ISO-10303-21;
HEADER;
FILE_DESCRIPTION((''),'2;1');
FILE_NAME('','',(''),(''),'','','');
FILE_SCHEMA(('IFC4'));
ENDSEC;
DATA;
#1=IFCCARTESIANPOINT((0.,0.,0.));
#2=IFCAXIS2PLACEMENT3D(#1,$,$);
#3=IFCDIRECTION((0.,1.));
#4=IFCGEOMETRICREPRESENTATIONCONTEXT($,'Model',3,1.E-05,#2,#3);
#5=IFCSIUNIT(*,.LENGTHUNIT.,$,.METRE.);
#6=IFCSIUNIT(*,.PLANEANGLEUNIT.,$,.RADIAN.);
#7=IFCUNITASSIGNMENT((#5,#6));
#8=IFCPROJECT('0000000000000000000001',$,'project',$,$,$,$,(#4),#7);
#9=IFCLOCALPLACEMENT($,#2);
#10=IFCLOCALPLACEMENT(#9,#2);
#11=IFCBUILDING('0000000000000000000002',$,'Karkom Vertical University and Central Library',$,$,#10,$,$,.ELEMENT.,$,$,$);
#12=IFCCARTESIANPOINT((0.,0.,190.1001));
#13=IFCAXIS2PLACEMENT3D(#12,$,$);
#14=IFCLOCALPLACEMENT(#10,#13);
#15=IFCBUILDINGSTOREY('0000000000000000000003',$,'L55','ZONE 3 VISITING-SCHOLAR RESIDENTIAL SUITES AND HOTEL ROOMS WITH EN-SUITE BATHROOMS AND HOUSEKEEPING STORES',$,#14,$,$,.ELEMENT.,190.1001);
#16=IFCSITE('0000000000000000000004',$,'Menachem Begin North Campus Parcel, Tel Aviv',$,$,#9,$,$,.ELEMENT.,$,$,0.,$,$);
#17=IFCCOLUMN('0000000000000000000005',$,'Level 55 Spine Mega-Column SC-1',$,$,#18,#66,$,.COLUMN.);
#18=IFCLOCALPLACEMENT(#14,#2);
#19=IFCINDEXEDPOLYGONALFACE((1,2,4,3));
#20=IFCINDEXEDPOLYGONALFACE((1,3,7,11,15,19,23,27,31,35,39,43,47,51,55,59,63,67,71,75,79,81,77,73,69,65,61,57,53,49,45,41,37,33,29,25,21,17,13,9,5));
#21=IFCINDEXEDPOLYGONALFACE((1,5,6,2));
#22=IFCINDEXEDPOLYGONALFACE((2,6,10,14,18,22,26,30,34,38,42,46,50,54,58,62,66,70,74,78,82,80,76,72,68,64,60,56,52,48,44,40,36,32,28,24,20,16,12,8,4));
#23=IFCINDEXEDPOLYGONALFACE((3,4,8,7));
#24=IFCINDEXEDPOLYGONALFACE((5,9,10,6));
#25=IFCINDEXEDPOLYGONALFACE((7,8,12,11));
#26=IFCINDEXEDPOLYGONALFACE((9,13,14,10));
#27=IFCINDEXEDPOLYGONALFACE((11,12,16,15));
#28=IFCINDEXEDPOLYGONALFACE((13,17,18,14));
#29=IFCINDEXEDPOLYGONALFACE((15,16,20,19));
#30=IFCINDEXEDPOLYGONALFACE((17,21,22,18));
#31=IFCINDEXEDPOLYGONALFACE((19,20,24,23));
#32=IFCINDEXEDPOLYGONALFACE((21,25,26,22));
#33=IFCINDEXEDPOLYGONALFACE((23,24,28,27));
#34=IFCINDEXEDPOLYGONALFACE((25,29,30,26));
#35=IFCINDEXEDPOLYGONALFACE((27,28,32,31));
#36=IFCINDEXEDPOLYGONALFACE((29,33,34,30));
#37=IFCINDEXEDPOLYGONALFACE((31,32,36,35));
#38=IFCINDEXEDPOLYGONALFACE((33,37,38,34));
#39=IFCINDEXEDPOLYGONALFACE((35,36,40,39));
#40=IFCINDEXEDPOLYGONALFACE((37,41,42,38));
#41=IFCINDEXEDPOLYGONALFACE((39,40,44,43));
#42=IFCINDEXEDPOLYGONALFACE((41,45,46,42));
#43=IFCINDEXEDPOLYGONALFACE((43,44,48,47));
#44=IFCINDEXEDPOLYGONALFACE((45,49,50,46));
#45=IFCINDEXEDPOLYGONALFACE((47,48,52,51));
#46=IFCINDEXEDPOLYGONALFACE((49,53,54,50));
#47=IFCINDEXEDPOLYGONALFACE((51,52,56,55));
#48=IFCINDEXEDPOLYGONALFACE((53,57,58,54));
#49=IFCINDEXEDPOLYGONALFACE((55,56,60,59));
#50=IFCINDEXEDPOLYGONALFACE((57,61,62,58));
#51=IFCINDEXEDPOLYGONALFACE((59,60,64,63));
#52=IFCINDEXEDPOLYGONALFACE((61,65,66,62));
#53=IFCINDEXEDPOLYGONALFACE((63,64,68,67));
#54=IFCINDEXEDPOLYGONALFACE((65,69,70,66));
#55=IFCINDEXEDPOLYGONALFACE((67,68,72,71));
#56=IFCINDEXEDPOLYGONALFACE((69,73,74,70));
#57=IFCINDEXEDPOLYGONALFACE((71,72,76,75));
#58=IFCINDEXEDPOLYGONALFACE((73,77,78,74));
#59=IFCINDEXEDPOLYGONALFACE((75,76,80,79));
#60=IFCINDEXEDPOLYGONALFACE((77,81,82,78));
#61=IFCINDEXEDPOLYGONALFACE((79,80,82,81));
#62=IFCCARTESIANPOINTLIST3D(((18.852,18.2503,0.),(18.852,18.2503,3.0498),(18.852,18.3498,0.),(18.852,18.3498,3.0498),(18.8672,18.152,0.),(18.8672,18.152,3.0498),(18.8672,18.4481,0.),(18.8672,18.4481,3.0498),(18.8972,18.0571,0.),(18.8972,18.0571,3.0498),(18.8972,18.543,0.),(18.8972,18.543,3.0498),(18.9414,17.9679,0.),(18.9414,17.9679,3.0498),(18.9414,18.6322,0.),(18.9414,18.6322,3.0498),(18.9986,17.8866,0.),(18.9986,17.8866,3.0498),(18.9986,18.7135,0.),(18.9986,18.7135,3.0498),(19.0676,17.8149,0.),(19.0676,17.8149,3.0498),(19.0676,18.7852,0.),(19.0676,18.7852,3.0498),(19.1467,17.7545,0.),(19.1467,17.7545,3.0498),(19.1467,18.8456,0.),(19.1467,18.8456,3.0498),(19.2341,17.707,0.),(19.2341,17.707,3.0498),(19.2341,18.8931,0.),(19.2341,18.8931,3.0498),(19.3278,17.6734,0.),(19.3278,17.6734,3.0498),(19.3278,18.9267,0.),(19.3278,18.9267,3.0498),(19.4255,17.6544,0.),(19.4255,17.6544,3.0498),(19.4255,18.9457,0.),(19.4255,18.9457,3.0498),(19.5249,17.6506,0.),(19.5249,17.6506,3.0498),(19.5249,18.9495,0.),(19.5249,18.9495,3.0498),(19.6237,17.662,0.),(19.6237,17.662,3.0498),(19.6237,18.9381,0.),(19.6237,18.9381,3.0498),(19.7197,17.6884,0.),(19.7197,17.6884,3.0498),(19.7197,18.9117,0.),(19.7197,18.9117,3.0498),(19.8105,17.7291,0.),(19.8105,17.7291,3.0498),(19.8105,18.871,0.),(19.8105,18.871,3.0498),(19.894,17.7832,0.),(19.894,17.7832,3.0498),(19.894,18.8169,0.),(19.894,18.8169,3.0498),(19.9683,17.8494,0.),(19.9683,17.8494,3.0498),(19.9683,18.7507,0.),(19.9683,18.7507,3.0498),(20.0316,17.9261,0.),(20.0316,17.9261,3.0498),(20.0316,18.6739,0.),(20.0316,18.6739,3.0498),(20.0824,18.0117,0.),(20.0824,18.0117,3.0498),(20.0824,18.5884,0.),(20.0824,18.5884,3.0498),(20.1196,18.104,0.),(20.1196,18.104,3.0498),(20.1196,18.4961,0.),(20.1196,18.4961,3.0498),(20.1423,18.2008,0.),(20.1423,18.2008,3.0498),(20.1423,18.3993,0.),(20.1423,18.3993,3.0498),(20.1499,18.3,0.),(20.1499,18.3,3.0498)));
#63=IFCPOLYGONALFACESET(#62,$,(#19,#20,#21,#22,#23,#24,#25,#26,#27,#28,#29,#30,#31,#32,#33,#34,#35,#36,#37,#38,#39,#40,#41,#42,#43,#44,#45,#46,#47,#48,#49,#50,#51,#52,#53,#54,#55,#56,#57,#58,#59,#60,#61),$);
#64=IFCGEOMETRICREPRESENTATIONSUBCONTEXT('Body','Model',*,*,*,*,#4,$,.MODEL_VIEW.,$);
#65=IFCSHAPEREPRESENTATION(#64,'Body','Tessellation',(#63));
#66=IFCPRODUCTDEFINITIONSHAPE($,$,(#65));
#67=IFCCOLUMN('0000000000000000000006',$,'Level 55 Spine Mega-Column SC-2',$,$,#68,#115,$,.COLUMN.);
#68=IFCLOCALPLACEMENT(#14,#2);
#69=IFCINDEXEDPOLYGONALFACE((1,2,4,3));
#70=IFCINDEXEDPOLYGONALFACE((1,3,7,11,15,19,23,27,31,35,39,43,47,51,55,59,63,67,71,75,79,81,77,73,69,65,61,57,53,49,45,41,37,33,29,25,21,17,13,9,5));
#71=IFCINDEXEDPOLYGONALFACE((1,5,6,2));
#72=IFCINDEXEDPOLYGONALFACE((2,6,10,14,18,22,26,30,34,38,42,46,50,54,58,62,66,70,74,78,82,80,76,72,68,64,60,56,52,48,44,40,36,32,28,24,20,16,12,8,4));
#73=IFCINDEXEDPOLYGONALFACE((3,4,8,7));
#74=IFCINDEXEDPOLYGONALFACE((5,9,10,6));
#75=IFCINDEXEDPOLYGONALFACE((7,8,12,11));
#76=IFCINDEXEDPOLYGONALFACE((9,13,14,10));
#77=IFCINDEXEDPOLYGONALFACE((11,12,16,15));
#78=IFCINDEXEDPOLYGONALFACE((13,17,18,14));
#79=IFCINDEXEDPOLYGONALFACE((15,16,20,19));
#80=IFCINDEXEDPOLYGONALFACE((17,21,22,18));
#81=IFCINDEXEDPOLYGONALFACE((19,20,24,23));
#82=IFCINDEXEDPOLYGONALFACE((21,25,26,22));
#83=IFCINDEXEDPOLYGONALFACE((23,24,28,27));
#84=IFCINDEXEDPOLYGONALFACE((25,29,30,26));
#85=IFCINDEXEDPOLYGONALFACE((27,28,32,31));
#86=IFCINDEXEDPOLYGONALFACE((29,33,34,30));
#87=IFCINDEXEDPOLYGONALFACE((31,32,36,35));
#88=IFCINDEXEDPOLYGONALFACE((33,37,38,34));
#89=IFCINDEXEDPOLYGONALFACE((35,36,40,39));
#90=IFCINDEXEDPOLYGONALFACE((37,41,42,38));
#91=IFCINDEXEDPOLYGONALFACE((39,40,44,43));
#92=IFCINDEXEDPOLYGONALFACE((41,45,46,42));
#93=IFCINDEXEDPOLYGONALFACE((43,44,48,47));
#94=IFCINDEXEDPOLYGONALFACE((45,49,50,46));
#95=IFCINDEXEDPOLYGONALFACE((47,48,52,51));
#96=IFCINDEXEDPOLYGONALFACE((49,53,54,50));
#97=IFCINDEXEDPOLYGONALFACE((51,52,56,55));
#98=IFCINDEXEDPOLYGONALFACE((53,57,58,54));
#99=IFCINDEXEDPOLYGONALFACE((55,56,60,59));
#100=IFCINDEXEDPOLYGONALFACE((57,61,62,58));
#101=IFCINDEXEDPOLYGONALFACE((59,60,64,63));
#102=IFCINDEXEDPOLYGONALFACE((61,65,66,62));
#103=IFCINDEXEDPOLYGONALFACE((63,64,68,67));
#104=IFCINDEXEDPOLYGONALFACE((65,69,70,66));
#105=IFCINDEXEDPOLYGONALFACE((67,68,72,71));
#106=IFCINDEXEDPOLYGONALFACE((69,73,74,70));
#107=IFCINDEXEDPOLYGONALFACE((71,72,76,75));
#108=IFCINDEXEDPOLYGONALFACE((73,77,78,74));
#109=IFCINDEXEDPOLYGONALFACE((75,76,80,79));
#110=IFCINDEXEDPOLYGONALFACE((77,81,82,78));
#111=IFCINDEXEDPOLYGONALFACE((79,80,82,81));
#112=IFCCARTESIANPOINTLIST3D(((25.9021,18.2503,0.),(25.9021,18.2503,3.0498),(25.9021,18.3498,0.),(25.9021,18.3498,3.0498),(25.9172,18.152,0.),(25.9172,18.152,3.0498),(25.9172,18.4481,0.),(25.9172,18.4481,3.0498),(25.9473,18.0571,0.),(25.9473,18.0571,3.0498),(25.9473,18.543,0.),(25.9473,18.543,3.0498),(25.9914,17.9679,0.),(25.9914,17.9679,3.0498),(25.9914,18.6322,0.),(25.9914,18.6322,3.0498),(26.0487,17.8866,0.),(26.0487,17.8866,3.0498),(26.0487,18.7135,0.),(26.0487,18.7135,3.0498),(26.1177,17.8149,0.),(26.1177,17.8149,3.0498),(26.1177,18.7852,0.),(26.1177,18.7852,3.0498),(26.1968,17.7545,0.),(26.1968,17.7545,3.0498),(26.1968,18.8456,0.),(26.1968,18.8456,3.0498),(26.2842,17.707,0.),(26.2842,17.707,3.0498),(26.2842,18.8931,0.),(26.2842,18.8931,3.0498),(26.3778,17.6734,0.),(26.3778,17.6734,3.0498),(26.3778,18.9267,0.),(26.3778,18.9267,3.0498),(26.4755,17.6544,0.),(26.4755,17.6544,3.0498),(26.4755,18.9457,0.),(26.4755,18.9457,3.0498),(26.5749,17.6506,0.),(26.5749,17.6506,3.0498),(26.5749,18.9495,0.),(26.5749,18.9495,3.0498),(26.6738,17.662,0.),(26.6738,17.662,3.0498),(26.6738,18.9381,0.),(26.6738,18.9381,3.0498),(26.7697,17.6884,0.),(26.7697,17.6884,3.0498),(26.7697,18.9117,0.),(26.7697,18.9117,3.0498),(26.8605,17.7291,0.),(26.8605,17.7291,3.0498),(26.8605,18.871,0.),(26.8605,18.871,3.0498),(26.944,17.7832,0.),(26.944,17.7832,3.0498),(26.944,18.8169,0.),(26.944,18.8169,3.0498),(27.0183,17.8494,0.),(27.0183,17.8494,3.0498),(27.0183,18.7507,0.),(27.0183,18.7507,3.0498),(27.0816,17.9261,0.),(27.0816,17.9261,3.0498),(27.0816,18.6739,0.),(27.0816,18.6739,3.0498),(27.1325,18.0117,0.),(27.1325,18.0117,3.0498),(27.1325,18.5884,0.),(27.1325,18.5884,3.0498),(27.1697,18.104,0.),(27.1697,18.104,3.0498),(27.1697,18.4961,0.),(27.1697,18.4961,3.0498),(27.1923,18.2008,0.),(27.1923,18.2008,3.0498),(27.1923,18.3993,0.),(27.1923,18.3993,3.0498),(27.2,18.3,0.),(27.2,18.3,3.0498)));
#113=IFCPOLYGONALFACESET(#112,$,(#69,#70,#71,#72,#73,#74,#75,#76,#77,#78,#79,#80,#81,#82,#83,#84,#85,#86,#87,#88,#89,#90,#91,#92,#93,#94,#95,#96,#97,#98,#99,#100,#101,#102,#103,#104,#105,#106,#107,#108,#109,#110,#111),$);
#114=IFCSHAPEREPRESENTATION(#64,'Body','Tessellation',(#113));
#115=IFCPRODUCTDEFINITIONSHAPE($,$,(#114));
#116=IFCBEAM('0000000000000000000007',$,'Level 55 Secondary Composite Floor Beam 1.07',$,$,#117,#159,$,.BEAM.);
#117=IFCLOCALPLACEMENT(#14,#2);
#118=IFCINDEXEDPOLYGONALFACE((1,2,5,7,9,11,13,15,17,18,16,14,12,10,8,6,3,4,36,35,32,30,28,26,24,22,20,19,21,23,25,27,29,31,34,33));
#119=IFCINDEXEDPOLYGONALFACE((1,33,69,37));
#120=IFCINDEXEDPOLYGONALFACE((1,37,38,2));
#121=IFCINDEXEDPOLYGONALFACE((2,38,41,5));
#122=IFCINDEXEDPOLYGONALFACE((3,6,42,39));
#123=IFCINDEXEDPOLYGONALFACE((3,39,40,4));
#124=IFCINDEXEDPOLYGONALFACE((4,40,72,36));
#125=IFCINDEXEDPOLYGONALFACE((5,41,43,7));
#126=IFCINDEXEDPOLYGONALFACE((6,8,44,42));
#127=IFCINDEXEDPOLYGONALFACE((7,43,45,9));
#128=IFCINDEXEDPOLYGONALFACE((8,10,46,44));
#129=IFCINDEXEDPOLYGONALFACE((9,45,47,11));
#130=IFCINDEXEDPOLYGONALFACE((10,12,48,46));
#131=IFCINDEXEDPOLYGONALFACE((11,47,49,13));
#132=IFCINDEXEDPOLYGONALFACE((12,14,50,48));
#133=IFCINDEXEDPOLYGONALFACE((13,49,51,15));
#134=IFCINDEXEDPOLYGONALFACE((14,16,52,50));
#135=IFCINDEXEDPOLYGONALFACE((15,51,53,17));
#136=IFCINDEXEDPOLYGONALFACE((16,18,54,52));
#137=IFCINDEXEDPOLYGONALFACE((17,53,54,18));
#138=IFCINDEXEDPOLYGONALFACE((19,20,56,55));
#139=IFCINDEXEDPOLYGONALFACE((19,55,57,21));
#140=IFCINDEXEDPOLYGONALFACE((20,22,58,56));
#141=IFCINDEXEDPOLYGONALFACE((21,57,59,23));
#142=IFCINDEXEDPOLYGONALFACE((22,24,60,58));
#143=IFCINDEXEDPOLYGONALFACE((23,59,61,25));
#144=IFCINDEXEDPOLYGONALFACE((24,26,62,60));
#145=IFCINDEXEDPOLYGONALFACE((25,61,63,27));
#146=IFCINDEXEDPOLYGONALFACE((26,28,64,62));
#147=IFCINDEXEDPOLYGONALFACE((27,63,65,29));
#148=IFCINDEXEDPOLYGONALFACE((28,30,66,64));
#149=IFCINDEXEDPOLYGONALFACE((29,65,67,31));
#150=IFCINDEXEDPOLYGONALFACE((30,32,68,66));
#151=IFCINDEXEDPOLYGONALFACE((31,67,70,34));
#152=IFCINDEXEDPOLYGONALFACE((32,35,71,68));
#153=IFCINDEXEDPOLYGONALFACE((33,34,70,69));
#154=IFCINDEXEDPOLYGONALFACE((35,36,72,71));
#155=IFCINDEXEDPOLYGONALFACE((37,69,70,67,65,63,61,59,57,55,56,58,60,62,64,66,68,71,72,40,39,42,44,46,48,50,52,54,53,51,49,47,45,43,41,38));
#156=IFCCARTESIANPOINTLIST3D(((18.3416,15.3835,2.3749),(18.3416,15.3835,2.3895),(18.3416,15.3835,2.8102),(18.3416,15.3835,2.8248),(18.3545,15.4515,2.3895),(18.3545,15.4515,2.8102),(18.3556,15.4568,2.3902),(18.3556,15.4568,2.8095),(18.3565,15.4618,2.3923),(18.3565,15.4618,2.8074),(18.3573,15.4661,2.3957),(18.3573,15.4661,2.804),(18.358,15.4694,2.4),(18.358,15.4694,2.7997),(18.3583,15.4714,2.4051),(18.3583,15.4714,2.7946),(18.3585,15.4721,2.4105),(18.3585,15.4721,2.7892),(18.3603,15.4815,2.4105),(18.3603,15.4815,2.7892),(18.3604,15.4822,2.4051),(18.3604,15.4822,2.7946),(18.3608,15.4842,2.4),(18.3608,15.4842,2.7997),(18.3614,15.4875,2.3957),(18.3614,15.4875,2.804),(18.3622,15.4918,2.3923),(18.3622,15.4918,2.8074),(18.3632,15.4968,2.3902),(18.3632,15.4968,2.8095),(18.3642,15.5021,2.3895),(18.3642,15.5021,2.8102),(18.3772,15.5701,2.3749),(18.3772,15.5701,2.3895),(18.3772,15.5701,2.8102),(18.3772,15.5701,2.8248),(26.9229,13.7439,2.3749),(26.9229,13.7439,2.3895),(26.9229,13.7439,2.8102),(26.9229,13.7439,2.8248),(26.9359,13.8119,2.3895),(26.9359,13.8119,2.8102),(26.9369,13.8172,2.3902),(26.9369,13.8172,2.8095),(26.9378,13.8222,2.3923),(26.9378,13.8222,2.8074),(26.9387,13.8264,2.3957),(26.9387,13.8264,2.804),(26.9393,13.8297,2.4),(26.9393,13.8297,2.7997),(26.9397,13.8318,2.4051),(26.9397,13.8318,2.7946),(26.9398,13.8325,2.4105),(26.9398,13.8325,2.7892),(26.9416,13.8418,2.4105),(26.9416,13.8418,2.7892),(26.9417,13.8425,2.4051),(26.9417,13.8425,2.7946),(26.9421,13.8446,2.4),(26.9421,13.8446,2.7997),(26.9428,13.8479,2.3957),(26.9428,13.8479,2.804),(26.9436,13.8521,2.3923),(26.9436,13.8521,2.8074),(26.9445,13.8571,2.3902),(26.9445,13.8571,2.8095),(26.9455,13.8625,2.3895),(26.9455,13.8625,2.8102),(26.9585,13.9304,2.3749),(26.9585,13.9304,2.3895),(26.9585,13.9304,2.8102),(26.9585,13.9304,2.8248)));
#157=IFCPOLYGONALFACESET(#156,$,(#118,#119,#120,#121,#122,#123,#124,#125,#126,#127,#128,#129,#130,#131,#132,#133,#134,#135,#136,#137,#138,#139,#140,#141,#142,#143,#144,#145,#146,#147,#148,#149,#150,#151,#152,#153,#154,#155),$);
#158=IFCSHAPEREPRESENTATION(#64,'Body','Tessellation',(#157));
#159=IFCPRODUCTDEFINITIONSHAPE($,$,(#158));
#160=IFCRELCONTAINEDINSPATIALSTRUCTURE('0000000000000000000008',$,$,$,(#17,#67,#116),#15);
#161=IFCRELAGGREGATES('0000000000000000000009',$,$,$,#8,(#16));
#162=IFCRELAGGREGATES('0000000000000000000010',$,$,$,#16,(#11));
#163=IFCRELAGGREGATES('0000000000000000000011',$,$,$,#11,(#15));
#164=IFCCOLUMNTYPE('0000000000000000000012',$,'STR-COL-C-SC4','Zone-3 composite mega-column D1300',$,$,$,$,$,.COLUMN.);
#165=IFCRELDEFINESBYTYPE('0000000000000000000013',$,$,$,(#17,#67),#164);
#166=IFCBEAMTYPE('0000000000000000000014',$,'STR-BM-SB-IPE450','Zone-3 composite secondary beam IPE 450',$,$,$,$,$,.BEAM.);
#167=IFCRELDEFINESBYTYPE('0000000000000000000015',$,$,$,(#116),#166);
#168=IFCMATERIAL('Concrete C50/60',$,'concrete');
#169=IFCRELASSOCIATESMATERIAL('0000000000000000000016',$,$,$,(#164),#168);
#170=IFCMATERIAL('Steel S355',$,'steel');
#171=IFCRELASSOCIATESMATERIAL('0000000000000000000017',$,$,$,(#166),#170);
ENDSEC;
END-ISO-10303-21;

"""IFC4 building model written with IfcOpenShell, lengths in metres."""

from ifc_helpers import new_model, si_unit, direction, frame, origin, origin_with_axes, origin_2d, place, context, subcontext, project, spatial, circle, i_section, extrude, source, transform, mapped, material, material_profile, profile_set, type_object, element, save


model = new_model("IFC4")

# Units and contexts
model_context = context("Model", 3, precision=1e-05, world=origin(), true_north=direction((0.0, 1.0)))
body_context = subcontext(model_context, "Body", "Model", "MODEL_VIEW")
ifc_project = project(units=[si_unit("LENGTHUNIT", "METRE"), si_unit("PLANEANGLEUNIT", "RADIAN")], contexts=[model_context])

# Site, building, storey
site_placement = place(None, origin())
site = spatial("IfcSite", under=ifc_project, at=site_placement, Name="Menachem Begin North Campus Parcel, Tel Aviv", CompositionType="ELEMENT", RefElevation=0.0)
building_placement = place(site_placement, origin())
building = spatial("IfcBuilding", under=site, at=building_placement, Name="Karkom Vertical University and Central Library", CompositionType="ELEMENT")
storey_placement = place(building_placement, frame((0.0, 0.0, 190.1001)))
storey = spatial("IfcBuildingStorey", under=building, at=storey_placement, Name="L55", Description="ZONE 3 VISITING-SCHOLAR RESIDENTIAL SUITES AND HOTEL ROOMS WITH EN-SUITE BATHROOMS AND HOUSEKEEPING STORES", CompositionType="ELEMENT", Elevation=190.1001)

# Columns
ifc_material_1 = material(Name="Concrete C50/60", Category="concrete")
ifc_material_profile_1 = material_profile(ifc_material_1, circle(Radius=0.6499, at=origin_2d()), Name="CFT-D1300")
ifc_profile_set_1 = profile_set([ifc_material_profile_1], Name="Concrete C50/60")
column_type = type_object("IfcColumnType", Name="STR-COL-C-SC4", Description="Zone-3 composite mega-column D1300", PredefinedType="COLUMN", material=ifc_profile_set_1)
shared_shape_1 = source(origin_with_axes(), body_context, "Body", "SweptSolid", [
    extrude(circle(Radius=0.6499, at=origin_2d()), origin(), (0.0, 0.0, 1.0), 3.0498),
])
for number, where, z_axis, x_axis, name in (
    (1, (19.5, 18.3, 0.0), (0.0, 0.0, 1.0), (1.0, 0.0, 0.0), "Level 55 Spine Mega-Column SC-1"),
    (2, (26.55, 18.3, 0.0), (0.0, 0.0, 1.0), (1.0, 0.0, 0.0), "Level 55 Spine Mega-Column SC-2"),
):
    element("IfcColumn", number, at=place(storey_placement, frame(where, z_axis=z_axis, x_axis=x_axis)), inside=storey, type_object=column_type, Name=name, PredefinedType="COLUMN", context=body_context, shape_type="MappedRepresentation", body=[
        mapped(shared_shape_1, transform((0.0, 0.0, 0.0), scale=1.0)),
    ])

# Beam
ifc_material_2 = material(Name="Steel S355", Category="steel")
ifc_material_profile_2 = material_profile(ifc_material_2, i_section(OverallWidth=0.1899, OverallDepth=0.45, WebThickness=0.0095, FlangeThickness=0.0146, FilletRadius=0.021, at=origin_2d()), Name="IPE 450")
ifc_profile_set_2 = profile_set([ifc_material_profile_2], Name="Steel S355")
beam_type_1 = type_object("IfcBeamType", Name="STR-BM-SB-IPE450", Description="Zone-3 composite secondary beam IPE 450", PredefinedType="BEAM", material=ifc_profile_set_2)
shared_shape_2 = source(origin_with_axes(), body_context, "Body", "SweptSolid", [
    extrude(i_section(OverallWidth=0.1899, OverallDepth=0.45, WebThickness=0.0095, FlangeThickness=0.0146, FilletRadius=0.021, at=origin_2d()), origin(), (0.0, 0.0, 1.0), 8.7366),
])
beam_1_placement = place(storey_placement, frame((18.3594, 15.4768, 2.5999), z_axis=(0.982231, -0.187677, 0.0), x_axis=(0.187677, 0.982231, 0.0)))
element("IfcBeam", 3, at=beam_1_placement, inside=storey, type_object=beam_type_1, Name="Level 55 Secondary Composite Floor Beam 1.07", PredefinedType="BEAM", context=body_context, shape_type="MappedRepresentation", body=[
    mapped(shared_shape_2, transform((0.0, 0.0, 0.0), scale=1.0)),
])

save(model, "model.ifc")
